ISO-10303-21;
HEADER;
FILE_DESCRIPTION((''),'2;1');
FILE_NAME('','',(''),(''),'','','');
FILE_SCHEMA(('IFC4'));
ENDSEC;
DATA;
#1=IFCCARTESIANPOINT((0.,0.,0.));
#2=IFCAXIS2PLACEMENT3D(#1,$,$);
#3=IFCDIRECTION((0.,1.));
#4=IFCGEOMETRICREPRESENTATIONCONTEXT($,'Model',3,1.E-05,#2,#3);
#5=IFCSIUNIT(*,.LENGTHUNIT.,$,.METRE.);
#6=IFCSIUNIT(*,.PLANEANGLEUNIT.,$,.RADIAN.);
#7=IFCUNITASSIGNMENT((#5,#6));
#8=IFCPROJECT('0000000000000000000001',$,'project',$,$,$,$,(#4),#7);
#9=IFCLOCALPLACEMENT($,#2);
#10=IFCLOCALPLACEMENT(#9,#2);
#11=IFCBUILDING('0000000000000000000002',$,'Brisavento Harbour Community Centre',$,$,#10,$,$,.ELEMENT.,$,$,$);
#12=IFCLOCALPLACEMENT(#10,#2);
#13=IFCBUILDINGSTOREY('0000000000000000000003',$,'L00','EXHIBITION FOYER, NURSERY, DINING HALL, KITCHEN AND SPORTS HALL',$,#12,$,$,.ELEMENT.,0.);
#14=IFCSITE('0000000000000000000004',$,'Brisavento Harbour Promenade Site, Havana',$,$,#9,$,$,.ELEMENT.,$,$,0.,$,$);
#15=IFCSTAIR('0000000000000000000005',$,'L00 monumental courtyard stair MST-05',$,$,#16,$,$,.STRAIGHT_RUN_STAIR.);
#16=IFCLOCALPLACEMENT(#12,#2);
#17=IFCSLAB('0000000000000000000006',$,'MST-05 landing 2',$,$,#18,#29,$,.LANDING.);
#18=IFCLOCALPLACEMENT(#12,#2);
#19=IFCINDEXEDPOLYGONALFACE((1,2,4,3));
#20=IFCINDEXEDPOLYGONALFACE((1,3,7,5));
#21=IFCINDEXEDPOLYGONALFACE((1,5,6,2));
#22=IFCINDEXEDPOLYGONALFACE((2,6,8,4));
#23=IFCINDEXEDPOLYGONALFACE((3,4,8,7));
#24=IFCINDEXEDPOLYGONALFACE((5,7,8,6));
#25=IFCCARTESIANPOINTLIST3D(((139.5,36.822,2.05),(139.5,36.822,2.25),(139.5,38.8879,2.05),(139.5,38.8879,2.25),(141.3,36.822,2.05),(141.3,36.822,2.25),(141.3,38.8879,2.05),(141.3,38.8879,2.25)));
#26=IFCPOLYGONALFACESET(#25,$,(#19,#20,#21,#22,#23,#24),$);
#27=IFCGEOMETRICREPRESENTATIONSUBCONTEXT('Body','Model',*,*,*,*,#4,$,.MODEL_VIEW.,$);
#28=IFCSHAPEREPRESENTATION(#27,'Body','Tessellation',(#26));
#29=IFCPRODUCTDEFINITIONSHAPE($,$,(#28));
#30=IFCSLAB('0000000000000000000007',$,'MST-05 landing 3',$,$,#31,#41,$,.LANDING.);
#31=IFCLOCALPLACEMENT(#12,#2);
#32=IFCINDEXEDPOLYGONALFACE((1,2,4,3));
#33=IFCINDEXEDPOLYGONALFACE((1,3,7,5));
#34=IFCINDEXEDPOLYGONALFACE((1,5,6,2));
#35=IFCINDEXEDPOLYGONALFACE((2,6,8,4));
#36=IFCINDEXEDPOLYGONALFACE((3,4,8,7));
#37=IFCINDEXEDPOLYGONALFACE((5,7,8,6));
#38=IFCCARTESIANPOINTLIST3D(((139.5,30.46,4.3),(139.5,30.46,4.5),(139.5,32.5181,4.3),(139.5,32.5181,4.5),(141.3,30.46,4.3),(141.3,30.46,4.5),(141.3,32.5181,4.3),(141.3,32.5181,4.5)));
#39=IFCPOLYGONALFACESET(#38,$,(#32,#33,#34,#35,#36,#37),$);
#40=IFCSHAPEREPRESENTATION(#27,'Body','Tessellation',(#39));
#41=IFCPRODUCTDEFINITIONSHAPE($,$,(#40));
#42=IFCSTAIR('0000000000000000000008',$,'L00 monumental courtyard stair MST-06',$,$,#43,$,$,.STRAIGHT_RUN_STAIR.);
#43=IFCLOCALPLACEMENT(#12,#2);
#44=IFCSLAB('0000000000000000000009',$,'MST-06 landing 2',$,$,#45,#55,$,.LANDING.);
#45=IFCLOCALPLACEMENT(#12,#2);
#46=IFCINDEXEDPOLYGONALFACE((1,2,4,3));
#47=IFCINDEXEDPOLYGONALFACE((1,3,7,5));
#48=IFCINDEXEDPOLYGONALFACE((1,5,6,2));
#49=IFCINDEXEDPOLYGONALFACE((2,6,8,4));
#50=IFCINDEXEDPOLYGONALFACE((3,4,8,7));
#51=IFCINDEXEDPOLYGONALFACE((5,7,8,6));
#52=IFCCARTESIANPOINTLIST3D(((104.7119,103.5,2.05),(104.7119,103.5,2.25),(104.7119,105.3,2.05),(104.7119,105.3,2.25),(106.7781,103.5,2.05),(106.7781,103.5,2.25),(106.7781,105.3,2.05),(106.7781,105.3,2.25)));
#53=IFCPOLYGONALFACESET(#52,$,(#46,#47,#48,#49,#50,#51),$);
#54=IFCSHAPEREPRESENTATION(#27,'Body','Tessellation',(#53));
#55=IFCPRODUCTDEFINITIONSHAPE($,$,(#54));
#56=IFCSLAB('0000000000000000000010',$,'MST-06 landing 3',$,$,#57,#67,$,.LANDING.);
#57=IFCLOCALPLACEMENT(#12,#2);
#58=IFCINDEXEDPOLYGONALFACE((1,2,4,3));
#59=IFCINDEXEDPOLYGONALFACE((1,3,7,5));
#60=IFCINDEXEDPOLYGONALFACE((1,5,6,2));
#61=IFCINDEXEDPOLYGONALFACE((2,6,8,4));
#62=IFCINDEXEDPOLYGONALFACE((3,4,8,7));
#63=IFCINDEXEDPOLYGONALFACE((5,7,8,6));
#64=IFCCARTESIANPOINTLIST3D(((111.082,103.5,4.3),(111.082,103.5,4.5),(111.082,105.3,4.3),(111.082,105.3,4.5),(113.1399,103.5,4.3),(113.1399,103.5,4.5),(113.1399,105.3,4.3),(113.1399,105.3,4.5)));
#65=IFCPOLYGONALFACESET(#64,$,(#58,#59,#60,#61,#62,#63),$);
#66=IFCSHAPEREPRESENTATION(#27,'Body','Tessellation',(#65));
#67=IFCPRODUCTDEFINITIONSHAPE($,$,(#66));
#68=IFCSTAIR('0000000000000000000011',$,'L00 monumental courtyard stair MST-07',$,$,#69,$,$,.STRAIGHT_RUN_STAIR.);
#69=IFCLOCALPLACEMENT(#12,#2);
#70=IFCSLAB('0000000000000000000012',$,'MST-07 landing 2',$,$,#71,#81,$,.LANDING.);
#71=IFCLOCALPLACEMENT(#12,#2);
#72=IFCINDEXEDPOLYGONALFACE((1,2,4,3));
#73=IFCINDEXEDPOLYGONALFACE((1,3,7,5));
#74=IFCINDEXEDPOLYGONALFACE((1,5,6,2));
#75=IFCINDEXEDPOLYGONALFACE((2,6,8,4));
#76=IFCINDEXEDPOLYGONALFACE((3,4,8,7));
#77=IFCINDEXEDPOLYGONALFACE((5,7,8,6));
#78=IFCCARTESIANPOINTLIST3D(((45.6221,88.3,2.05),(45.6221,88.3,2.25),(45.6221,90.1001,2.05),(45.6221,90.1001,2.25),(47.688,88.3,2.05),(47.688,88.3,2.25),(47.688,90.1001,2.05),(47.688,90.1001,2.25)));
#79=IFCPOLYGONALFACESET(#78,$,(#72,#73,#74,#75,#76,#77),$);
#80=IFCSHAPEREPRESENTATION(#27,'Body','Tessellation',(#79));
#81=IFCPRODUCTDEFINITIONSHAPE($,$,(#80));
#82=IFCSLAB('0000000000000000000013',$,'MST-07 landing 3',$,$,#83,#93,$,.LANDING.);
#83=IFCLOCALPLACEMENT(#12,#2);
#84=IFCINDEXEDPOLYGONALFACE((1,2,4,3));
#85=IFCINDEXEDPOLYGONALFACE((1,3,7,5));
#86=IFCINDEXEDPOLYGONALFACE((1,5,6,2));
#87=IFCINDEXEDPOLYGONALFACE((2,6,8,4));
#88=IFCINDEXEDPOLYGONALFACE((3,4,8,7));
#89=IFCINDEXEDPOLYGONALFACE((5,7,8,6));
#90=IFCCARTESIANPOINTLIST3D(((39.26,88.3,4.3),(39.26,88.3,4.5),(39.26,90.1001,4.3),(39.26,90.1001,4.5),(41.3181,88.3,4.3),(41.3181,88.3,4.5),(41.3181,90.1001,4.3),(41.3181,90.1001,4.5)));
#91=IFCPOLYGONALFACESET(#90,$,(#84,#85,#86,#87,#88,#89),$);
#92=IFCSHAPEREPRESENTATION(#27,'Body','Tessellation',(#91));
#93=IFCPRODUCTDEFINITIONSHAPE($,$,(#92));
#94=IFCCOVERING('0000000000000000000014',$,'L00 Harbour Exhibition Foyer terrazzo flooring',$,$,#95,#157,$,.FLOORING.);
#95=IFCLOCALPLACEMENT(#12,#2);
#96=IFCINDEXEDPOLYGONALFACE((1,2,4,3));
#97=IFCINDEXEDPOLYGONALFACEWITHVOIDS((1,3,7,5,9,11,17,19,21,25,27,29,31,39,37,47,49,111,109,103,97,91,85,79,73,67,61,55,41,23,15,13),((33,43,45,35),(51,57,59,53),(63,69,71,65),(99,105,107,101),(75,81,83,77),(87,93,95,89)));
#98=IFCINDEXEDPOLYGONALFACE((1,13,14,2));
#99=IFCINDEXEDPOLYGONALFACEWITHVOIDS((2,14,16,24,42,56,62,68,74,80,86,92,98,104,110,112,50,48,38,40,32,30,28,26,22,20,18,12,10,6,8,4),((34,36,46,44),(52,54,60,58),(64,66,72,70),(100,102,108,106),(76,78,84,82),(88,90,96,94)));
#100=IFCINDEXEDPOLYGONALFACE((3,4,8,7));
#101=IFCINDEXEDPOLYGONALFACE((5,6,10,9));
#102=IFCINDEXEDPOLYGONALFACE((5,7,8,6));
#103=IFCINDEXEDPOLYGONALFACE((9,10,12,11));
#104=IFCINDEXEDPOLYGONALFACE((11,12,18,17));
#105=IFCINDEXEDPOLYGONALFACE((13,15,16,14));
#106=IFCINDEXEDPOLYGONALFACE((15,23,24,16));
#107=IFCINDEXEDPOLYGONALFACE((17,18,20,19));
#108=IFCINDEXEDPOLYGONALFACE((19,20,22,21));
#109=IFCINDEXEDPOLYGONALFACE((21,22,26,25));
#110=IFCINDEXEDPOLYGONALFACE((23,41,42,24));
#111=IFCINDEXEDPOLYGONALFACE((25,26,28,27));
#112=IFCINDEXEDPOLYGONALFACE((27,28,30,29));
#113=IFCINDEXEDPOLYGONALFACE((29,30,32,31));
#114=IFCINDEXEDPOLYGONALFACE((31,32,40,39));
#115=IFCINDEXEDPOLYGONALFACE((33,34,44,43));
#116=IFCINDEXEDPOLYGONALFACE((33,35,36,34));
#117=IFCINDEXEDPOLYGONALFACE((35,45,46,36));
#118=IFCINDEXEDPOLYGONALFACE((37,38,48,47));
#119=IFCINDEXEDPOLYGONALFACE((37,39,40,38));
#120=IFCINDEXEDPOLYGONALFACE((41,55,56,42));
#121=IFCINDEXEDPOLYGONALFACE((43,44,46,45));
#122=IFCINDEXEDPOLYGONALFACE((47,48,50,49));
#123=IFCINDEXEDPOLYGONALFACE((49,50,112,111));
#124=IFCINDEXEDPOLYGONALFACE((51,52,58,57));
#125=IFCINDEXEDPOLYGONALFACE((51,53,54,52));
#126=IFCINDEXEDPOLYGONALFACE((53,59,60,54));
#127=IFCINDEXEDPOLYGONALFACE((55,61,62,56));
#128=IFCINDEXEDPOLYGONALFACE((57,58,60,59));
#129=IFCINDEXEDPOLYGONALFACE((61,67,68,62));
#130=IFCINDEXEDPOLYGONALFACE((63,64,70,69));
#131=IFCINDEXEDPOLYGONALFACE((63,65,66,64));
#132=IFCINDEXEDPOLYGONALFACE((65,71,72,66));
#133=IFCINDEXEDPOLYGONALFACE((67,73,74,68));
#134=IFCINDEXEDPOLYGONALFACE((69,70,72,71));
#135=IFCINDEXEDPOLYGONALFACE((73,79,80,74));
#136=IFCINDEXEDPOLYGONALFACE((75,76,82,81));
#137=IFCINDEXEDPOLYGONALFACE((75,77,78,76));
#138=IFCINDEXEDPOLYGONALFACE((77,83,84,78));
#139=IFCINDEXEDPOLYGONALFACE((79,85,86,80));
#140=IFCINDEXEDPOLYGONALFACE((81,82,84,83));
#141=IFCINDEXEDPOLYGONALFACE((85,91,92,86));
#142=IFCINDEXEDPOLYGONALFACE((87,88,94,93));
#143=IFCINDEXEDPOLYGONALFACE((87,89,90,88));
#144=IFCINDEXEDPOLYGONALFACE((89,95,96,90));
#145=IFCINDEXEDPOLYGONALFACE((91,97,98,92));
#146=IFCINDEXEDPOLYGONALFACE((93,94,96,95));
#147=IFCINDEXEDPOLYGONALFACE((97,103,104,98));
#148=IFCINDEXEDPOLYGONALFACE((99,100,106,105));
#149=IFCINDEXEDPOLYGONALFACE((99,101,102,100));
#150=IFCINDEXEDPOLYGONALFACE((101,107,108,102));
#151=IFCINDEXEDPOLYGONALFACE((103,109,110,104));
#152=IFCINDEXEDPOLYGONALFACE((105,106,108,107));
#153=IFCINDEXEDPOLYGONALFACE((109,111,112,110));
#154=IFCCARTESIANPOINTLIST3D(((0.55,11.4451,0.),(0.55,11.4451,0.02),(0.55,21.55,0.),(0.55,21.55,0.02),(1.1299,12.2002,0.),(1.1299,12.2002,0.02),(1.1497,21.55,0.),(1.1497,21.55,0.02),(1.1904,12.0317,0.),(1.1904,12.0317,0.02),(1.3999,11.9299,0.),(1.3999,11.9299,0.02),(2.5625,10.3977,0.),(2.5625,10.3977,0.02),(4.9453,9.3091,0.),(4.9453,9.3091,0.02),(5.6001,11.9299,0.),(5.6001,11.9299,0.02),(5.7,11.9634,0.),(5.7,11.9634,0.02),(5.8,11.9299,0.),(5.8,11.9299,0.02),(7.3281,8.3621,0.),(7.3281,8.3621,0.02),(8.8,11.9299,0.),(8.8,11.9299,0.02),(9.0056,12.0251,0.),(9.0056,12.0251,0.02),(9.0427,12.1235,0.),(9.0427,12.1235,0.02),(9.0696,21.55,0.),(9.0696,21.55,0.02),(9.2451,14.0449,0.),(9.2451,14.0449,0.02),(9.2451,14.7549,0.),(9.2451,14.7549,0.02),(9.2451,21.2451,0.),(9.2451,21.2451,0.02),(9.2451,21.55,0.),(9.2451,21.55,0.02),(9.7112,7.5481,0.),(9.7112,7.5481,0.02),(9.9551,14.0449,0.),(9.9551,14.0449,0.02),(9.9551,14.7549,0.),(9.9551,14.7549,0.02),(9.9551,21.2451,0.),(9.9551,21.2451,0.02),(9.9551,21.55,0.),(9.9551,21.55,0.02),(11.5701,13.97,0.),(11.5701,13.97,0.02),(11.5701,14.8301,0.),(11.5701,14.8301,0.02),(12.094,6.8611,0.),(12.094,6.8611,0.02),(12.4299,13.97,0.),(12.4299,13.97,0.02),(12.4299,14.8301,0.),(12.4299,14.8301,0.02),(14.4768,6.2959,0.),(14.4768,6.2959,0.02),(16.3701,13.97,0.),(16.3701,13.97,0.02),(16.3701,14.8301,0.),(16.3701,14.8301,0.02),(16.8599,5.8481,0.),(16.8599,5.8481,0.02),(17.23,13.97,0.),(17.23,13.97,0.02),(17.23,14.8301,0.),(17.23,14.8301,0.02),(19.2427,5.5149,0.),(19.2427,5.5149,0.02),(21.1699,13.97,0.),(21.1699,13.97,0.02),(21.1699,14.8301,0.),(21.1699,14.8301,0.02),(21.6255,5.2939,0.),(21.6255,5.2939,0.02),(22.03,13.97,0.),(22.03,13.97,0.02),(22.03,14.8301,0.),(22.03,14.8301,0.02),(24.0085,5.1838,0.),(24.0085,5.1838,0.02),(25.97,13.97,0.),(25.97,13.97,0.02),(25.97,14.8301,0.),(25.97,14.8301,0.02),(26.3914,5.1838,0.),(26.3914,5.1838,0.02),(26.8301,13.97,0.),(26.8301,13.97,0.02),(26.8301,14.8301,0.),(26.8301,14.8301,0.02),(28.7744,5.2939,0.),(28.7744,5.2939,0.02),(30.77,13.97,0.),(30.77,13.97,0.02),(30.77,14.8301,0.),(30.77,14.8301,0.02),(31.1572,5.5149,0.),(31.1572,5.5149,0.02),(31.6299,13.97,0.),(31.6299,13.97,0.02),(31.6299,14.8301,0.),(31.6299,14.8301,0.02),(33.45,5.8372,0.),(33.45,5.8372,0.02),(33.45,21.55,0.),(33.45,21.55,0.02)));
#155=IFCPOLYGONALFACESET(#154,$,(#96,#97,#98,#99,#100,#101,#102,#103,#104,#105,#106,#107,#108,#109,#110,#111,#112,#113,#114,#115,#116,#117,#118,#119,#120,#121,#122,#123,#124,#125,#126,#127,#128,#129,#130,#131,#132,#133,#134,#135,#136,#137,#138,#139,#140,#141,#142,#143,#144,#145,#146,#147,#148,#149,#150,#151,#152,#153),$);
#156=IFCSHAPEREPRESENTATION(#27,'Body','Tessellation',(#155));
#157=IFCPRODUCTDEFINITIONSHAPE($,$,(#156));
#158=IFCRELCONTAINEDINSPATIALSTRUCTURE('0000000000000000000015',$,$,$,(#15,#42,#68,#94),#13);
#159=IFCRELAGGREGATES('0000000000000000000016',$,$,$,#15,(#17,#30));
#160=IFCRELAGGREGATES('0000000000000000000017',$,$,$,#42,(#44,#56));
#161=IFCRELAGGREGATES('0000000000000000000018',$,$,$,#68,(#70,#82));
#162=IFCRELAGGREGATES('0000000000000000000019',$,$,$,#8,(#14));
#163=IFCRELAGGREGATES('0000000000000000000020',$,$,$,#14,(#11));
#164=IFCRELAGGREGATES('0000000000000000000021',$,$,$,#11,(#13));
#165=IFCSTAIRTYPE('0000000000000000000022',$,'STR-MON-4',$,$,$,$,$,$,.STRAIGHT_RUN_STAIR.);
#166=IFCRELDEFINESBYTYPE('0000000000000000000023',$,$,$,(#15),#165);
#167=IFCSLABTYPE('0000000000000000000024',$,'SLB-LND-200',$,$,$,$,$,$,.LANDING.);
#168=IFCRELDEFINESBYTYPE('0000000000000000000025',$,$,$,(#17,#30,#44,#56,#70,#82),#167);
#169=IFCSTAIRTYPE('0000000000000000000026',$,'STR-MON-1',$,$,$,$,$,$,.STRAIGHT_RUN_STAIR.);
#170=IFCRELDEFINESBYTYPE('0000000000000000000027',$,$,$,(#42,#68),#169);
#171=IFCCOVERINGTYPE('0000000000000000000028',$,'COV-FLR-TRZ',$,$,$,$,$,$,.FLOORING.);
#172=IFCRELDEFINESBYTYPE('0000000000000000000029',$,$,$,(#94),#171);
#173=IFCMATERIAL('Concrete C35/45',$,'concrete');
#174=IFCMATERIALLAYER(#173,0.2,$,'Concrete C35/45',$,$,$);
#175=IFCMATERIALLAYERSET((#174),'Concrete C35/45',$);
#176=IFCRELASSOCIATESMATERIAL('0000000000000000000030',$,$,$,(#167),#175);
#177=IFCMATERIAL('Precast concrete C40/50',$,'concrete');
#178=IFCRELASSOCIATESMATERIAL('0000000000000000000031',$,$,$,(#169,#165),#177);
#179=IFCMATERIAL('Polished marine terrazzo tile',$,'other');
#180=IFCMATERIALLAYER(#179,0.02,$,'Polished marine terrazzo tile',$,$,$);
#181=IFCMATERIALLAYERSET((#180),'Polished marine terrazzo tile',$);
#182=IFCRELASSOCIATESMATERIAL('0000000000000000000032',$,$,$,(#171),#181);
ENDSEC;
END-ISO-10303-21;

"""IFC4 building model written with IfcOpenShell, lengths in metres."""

from ifc_helpers import new_model, si_unit, direction, frame, origin, place, context, subcontext, project, spatial, polyline, outline, extrude, material, layer, layer_set, type_object, element, aggregate, save


model = new_model("IFC4")

# Units and contexts
model_context = context("Model", 3, precision=1e-05, world=origin(), true_north=direction((0.0, 1.0)))
body_context = subcontext(model_context, "Body", "Model", "MODEL_VIEW")
ifc_project = project(units=[si_unit("LENGTHUNIT", "METRE"), si_unit("PLANEANGLEUNIT", "RADIAN")], contexts=[model_context])

# Site, building, storey
site_placement = place(None, origin())
site = spatial("IfcSite", under=ifc_project, at=site_placement, Name="Brisavento Harbour Promenade Site, Havana", CompositionType="ELEMENT", RefElevation=0.0)
building_placement = place(site_placement, origin())
building = spatial("IfcBuilding", under=site, at=building_placement, Name="Brisavento Harbour Community Centre", CompositionType="ELEMENT")
storey_placement = place(building_placement, origin())
storey = spatial("IfcBuildingStorey", under=building, at=storey_placement, Name="L00", Description="EXHIBITION FOYER, NURSERY, DINING HALL, KITCHEN AND SPORTS HALL", CompositionType="ELEMENT", Elevation=0.0)

# Shared definitions
ifc_material_1 = material(Name="Concrete C35/45", Category="concrete")
ifc_layer_1 = layer(ifc_material_1, 0.2, Name="Concrete C35/45")
ifc_layer_set_1 = layer_set([ifc_layer_1], Name="Concrete C35/45")
slab_type = type_object("IfcSlabType", Name="SLB-LND-200", PredefinedType="LANDING", material=ifc_layer_set_1)

# Stairs, slabs
ifc_material_2 = material(Name="Precast concrete C40/50", Category="concrete")
stair_type_1 = type_object("IfcStairType", Name="STR-MON-1", PredefinedType="STRAIGHT_RUN_STAIR", material=ifc_material_2)
stair_type_2 = type_object("IfcStairType", Name="STR-MON-4", PredefinedType="STRAIGHT_RUN_STAIR", material=ifc_material_2)
stair_1_placement = place(storey_placement, origin())
stair_1 = element("IfcStair", 1, at=stair_1_placement, inside=storey, type_object=stair_type_2, Name="L00 monumental courtyard stair MST-05", PredefinedType="STRAIGHT_RUN_STAIR")
slab_1_placement = place(storey_placement, frame((0.0, 0.0, 2.05)))
slab_1 = element("IfcSlab", 2, at=slab_1_placement, type_object=slab_type, Name="MST-05 landing 2", PredefinedType="LANDING", context=body_context, shape_type="SweptSolid", body=[
    extrude(outline(polyline([(139.5, 38.8879), (139.5, 36.822), (141.3, 36.822), (141.3, 38.8879), (139.5, 38.8879)])), origin(), (0.0, 0.0, 1.0), 0.2),
])
slab_2_placement = place(storey_placement, frame((0.0, 0.0, 4.3)))
slab_2 = element("IfcSlab", 3, at=slab_2_placement, type_object=slab_type, Name="MST-05 landing 3", PredefinedType="LANDING", context=body_context, shape_type="SweptSolid", body=[
    extrude(outline(polyline([(139.5, 32.5181), (139.5, 30.46), (141.3, 30.46), (141.3, 32.5181), (139.5, 32.5181)])), origin(), (0.0, 0.0, 1.0), 0.2),
])
aggregate(stair_1, [slab_1, slab_2])
stair_2_placement = place(storey_placement, origin())
stair_2 = element("IfcStair", 4, at=stair_2_placement, inside=storey, type_object=stair_type_1, Name="L00 monumental courtyard stair MST-06", PredefinedType="STRAIGHT_RUN_STAIR")
slab_3_placement = place(storey_placement, frame((0.0, 0.0, 2.05)))
slab_3 = element("IfcSlab", 5, at=slab_3_placement, type_object=slab_type, Name="MST-06 landing 2", PredefinedType="LANDING", context=body_context, shape_type="SweptSolid", body=[
    extrude(outline(polyline([(104.7119, 103.5), (106.7781, 103.5), (106.7781, 105.3), (104.7119, 105.3), (104.7119, 103.5)])), origin(), (0.0, 0.0, 1.0), 0.2),
])
slab_4_placement = place(storey_placement, frame((0.0, 0.0, 4.3)))
slab_4 = element("IfcSlab", 6, at=slab_4_placement, type_object=slab_type, Name="MST-06 landing 3", PredefinedType="LANDING", context=body_context, shape_type="SweptSolid", body=[
    extrude(outline(polyline([(111.082, 103.5), (113.1399, 103.5), (113.1399, 105.3), (111.082, 105.3), (111.082, 103.5)])), origin(), (0.0, 0.0, 1.0), 0.2),
])
aggregate(stair_2, [slab_3, slab_4])
stair_3_placement = place(storey_placement, origin())
stair_3 = element("IfcStair", 7, at=stair_3_placement, inside=storey, type_object=stair_type_1, Name="L00 monumental courtyard stair MST-07", PredefinedType="STRAIGHT_RUN_STAIR")
slab_5_placement = place(storey_placement, frame((0.0, 0.0, 2.05)))
slab_5 = element("IfcSlab", 8, at=slab_5_placement, type_object=slab_type, Name="MST-07 landing 2", PredefinedType="LANDING", context=body_context, shape_type="SweptSolid", body=[
    extrude(outline(polyline([(47.688, 90.1001), (45.6221, 90.1001), (45.6221, 88.3), (47.688, 88.3), (47.688, 90.1001)])), origin(), (0.0, 0.0, 1.0), 0.2),
])
slab_6_placement = place(storey_placement, frame((0.0, 0.0, 4.3)))
slab_6 = element("IfcSlab", 9, at=slab_6_placement, type_object=slab_type, Name="MST-07 landing 3", PredefinedType="LANDING", context=body_context, shape_type="SweptSolid", body=[
    extrude(outline(polyline([(41.3181, 90.1001), (39.26, 90.1001), (39.26, 88.3), (41.3181, 88.3), (41.3181, 90.1001)])), origin(), (0.0, 0.0, 1.0), 0.2),
])
aggregate(stair_3, [slab_5, slab_6])

# Covering
ifc_material_3 = material(Name="Polished marine terrazzo tile", Category="other")
ifc_layer_2 = layer(ifc_material_3, 0.02, Name="Polished marine terrazzo tile")
ifc_layer_set_2 = layer_set([ifc_layer_2], Name="Polished marine terrazzo tile")
covering_type = type_object("IfcCoveringType", Name="COV-FLR-TRZ", PredefinedType="FLOORING", material=ifc_layer_set_2)
covering_1_placement = place(storey_placement, origin())
element("IfcCovering", 10, at=covering_1_placement, inside=storey, type_object=covering_type, Name="L00 Harbour Exhibition Foyer terrazzo flooring", PredefinedType="FLOORING", context=body_context, shape_type="SweptSolid", body=[
    extrude(outline(polyline([(1.1299, 12.2002), (1.1497, 21.55), (0.55, 21.55), (0.55, 11.4451), (2.5625, 10.3977), (4.9453, 9.3091), (7.3281, 8.3621), (9.7112, 7.5481), (12.094, 6.8611), (14.4768, 6.2959), (16.8599, 5.8481), (19.2427, 5.5149), (21.6255, 5.2939), (24.0085, 5.1838), (26.3914, 5.1838), (28.7744, 5.2939), (31.1572, 5.5149), (33.45, 5.8372), (33.45, 21.55), (9.9551, 21.55), (9.9551, 21.2451), (9.2451, 21.2451), (9.2451, 21.55), (9.0696, 21.55), (9.0427, 12.1235), (9.0056, 12.0251), (8.8, 11.9299), (5.8, 11.9299), (5.7, 11.9634), (5.6001, 11.9299), (1.3999, 11.9299), (1.1904, 12.0317), (1.1299, 12.2002)]), holes=[polyline([(9.9551, 14.0449), (9.2451, 14.0449), (9.2451, 14.7549), (9.9551, 14.7549), (9.9551, 14.0449)]), polyline([(11.5701, 14.8301), (12.4299, 14.8301), (12.4299, 13.97), (11.5701, 13.97), (11.5701, 14.8301)]), polyline([(17.23, 14.8301), (17.23, 13.97), (16.3701, 13.97), (16.3701, 14.8301), (17.23, 14.8301)]), polyline([(22.03, 13.97), (21.1699, 13.97), (21.1699, 14.8301), (22.03, 14.8301), (22.03, 13.97)]), polyline([(25.97, 13.97), (25.97, 14.8301), (26.8301, 14.8301), (26.8301, 13.97), (25.97, 13.97)]), polyline([(30.77, 14.8301), (31.6299, 14.8301), (31.6299, 13.97), (30.77, 13.97), (30.77, 14.8301)])]), origin(), (0.0, 0.0, 1.0), 0.02),
])

save(model, "model.ifc")
